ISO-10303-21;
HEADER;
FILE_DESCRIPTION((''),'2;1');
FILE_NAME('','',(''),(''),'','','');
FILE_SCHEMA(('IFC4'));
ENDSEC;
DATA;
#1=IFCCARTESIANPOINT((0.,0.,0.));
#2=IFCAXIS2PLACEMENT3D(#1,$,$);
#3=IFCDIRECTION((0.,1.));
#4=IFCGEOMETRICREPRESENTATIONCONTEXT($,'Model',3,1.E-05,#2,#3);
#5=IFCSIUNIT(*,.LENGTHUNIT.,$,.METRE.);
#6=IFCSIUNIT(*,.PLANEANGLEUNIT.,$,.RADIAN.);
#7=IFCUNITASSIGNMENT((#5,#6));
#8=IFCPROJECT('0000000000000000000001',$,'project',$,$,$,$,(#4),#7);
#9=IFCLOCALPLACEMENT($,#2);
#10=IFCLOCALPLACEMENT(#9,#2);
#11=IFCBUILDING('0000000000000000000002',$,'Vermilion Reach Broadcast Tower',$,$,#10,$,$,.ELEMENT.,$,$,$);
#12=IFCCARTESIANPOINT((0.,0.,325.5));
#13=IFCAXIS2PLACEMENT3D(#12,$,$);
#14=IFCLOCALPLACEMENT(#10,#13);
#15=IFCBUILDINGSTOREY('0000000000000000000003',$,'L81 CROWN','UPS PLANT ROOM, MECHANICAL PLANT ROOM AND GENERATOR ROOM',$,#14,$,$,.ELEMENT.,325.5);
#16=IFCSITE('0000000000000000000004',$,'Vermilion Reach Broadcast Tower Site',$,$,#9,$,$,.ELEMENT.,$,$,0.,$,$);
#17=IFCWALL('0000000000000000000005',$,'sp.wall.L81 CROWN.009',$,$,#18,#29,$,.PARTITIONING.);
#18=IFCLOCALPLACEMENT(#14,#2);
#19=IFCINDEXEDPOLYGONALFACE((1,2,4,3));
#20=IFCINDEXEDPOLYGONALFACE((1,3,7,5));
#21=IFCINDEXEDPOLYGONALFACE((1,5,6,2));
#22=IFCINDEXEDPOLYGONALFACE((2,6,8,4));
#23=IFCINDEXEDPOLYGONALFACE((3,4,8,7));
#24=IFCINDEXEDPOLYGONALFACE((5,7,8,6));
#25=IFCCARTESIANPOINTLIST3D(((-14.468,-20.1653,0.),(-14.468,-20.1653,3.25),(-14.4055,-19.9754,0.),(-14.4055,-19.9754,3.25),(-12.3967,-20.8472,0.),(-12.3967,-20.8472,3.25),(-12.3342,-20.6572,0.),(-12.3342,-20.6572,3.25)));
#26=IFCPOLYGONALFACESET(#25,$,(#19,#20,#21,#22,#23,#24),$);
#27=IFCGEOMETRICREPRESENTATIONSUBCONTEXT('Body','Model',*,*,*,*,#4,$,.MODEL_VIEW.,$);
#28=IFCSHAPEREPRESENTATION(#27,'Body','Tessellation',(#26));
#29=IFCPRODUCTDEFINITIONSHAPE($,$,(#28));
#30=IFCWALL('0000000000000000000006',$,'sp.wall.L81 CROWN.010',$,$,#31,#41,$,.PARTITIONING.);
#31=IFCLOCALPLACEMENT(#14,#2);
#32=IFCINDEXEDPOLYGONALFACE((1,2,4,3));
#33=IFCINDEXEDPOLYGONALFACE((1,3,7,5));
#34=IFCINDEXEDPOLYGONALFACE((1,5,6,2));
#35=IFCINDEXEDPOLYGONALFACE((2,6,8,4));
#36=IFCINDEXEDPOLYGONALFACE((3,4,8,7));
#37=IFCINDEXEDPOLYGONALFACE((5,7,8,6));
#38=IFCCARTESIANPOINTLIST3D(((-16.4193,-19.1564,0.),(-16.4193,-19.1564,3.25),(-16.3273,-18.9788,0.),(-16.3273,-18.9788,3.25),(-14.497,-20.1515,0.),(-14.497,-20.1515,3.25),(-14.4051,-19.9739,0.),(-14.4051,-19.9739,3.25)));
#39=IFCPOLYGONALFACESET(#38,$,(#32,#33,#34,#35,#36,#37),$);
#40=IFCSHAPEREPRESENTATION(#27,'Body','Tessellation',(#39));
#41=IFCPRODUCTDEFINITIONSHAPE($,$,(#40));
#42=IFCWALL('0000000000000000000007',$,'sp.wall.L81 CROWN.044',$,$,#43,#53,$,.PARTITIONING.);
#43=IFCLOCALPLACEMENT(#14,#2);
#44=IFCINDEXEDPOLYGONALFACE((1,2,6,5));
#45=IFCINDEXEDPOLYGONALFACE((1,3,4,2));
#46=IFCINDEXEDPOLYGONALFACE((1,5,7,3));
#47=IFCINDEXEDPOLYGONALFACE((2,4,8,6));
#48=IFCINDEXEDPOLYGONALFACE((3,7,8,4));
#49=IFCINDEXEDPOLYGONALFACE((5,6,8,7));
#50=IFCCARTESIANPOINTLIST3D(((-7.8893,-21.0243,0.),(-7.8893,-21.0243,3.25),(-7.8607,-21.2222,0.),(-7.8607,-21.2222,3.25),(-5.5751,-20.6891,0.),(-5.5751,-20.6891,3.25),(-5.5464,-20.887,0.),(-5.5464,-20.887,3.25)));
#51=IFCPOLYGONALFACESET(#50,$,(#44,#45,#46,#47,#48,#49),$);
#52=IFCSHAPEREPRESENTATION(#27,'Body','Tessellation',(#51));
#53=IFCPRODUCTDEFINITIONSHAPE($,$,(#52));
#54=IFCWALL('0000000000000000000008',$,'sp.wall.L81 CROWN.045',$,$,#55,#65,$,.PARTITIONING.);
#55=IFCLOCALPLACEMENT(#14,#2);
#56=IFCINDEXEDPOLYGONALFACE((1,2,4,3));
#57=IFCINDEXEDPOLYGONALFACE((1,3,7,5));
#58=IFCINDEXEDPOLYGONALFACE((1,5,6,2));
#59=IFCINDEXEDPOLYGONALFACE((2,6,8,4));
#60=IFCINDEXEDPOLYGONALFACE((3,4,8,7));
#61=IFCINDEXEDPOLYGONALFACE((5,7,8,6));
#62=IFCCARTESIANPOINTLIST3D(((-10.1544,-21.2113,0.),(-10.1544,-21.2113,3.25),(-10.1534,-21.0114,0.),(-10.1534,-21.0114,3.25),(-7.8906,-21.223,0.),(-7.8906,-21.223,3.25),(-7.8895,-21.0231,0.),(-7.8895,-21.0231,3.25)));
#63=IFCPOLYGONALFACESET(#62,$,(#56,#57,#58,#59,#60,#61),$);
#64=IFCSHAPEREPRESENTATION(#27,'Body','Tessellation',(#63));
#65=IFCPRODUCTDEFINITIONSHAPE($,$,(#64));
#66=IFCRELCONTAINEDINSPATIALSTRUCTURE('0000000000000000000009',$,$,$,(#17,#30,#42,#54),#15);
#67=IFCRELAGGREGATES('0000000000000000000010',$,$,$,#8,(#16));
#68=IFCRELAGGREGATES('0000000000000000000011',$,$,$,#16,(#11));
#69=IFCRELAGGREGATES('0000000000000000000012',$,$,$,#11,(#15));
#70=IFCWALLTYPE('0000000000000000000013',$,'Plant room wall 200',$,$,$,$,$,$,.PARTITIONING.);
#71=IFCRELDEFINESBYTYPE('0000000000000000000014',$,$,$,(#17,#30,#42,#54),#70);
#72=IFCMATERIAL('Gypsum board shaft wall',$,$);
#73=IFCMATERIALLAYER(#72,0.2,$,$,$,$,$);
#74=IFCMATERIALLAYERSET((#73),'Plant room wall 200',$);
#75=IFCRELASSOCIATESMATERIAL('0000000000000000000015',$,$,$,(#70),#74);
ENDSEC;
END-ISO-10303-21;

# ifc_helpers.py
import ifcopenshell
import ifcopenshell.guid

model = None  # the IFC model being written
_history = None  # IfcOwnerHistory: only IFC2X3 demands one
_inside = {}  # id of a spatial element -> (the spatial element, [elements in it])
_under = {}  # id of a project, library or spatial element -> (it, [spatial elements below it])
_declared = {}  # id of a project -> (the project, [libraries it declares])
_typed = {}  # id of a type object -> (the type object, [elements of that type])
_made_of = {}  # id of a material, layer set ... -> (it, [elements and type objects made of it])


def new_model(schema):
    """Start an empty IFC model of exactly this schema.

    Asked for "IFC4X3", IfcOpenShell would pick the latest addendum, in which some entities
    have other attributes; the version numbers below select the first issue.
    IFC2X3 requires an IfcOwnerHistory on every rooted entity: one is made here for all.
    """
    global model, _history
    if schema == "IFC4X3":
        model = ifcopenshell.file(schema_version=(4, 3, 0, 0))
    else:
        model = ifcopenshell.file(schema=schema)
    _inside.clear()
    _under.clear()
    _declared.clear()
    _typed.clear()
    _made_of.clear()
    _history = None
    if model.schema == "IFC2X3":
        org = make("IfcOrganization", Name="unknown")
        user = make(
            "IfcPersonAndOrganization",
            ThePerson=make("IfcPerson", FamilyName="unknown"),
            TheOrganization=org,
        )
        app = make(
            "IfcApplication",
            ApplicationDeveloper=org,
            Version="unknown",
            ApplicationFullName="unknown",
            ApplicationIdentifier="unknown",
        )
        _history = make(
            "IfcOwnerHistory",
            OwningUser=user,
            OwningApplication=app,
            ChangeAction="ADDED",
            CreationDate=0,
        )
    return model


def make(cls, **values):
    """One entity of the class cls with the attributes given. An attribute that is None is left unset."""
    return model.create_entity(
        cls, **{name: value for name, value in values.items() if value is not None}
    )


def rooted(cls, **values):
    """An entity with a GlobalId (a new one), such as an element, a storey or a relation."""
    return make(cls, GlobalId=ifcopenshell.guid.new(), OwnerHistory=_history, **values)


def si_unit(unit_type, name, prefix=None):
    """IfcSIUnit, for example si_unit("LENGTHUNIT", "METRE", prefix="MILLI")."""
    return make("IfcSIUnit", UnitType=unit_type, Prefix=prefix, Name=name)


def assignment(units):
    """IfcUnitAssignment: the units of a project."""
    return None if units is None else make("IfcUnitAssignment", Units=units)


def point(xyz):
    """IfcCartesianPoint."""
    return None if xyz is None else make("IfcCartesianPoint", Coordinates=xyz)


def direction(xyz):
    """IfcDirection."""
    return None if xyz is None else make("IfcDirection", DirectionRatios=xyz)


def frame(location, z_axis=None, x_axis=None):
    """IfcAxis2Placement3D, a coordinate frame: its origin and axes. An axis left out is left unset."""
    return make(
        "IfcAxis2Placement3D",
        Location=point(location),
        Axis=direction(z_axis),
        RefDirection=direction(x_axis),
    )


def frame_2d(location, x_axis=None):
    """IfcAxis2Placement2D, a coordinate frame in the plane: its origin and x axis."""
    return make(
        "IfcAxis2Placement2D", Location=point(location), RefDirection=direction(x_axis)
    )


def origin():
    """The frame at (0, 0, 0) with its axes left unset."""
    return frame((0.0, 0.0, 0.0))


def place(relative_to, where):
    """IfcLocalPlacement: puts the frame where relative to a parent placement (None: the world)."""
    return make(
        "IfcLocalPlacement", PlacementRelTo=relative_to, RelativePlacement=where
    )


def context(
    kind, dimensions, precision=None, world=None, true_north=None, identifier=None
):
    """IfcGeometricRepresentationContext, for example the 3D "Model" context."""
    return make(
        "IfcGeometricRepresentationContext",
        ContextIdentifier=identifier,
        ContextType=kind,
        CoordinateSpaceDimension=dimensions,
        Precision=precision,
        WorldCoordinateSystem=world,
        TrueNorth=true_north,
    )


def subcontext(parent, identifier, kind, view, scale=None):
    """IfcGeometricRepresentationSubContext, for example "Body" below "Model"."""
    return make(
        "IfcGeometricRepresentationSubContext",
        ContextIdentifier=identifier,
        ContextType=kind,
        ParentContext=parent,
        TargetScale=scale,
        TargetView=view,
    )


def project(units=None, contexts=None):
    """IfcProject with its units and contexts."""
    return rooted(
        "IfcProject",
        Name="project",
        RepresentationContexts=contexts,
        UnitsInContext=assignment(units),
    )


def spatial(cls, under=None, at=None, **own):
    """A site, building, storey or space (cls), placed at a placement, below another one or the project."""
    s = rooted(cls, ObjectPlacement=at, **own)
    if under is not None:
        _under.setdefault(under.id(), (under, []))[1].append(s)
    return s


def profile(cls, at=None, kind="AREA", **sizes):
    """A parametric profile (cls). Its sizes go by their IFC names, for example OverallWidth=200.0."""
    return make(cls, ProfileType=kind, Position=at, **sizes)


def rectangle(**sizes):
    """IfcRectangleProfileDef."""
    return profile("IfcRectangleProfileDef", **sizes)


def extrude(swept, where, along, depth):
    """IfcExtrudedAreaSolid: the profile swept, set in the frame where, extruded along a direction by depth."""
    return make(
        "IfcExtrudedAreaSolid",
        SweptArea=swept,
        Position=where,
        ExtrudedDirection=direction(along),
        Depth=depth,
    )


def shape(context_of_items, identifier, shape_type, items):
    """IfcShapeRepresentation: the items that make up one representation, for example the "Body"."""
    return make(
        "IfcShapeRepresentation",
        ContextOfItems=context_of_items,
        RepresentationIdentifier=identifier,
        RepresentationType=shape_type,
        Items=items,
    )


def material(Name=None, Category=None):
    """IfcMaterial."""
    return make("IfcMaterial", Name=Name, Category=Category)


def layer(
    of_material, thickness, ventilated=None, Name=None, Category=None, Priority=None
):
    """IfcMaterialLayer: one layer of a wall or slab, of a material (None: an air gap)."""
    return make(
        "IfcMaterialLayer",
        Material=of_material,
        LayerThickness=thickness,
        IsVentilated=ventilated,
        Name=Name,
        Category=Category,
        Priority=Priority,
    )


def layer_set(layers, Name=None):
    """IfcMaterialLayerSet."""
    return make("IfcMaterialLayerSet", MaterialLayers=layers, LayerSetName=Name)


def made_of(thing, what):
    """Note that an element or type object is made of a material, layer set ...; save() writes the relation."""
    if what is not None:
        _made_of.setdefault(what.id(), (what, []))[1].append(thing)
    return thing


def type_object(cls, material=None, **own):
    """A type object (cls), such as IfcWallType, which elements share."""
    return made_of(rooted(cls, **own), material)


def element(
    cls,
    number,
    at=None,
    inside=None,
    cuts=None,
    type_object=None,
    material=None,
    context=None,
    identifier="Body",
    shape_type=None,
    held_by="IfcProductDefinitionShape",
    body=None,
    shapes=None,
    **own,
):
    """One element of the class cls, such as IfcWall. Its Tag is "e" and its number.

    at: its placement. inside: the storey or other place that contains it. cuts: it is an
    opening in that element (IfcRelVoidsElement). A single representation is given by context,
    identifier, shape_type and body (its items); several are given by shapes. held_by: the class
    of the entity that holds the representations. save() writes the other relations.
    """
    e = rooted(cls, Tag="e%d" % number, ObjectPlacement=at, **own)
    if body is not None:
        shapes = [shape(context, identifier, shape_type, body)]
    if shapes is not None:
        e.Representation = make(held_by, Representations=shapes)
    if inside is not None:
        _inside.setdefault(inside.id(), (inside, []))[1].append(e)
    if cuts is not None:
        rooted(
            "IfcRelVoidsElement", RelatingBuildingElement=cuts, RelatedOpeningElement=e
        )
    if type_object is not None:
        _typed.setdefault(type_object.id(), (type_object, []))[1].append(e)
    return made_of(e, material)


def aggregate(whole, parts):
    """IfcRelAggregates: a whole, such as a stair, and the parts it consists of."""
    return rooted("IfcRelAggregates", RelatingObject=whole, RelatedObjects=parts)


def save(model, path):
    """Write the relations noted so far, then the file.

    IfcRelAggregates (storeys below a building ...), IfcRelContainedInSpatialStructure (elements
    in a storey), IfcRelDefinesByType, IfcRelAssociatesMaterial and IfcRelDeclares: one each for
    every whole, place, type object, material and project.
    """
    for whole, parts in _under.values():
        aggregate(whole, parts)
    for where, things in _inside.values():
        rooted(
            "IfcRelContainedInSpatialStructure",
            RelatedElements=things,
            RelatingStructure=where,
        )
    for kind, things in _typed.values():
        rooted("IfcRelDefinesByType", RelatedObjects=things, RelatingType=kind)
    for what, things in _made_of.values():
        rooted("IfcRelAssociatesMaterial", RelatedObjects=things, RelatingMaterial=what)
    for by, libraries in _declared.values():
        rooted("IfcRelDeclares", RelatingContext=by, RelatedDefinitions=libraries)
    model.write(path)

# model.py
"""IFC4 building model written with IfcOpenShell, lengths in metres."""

from ifc_helpers import new_model, si_unit, direction, frame, frame_2d, origin, place, context, subcontext, project, spatial, rectangle, extrude, material, layer, layer_set, type_object, element, save


model = new_model("IFC4")

# Units and contexts
model_context = context("Model", 3, precision=1e-05, world=origin(), true_north=direction((0.0, 1.0)))
body_context = subcontext(model_context, "Body", "Model", "MODEL_VIEW")
ifc_project = project(units=[si_unit("LENGTHUNIT", "METRE"), si_unit("PLANEANGLEUNIT", "RADIAN")], contexts=[model_context])

# Site, building, storey
site_placement = place(None, origin())
site = spatial("IfcSite", under=ifc_project, at=site_placement, Name="Vermilion Reach Broadcast Tower Site", CompositionType="ELEMENT", RefElevation=0.0)
building_placement = place(site_placement, origin())
building = spatial("IfcBuilding", under=site, at=building_placement, Name="Vermilion Reach Broadcast Tower", CompositionType="ELEMENT")
storey_placement = place(building_placement, frame((0.0, 0.0, 325.5)))
storey = spatial("IfcBuildingStorey", under=building, at=storey_placement, Name="L81 CROWN", Description="UPS PLANT ROOM, MECHANICAL PLANT ROOM AND GENERATOR ROOM", CompositionType="ELEMENT", Elevation=325.5)

# Walls
ifc_material_1 = material(Name="Gypsum board shaft wall")
ifc_layer_1 = layer(ifc_material_1, 0.2)
ifc_layer_set_1 = layer_set([ifc_layer_1], Name="Plant room wall 200")
wall_type = type_object("IfcWallType", Name="Plant room wall 200", PredefinedType="PARTITIONING", material=ifc_layer_set_1)
wall_1_placement = place(storey_placement, frame((-14.4368, -20.0703, 0.0), z_axis=(0.0, 0.0, 1.0), x_axis=(0.949852, -0.312699, 0.0)))
element("IfcWall", 1, at=wall_1_placement, inside=storey, type_object=wall_type, Name="sp.wall.L81 CROWN.009", PredefinedType="PARTITIONING", context=body_context, shape_type="SweptSolid", body=[
    extrude(rectangle(XDim=2.1807, YDim=0.2, at=frame_2d((1.0903, 0.0))), origin(), (0.0, 0.0, 1.0), 3.25),
])
wall_2_placement = place(storey_placement, frame((-16.3733, -19.0676, 0.0), z_axis=(0.0, 0.0, 1.0), x_axis=(0.888068, -0.459711, 0.0)))
element("IfcWall", 2, at=wall_2_placement, inside=storey, type_object=wall_type, Name="sp.wall.L81 CROWN.010", PredefinedType="PARTITIONING", context=body_context, shape_type="SweptSolid", body=[
    extrude(rectangle(XDim=2.1646, YDim=0.2, at=frame_2d((1.0823, 0.0))), origin(), (0.0, 0.0, 1.0), 3.25),
])
wall_3_placement = place(storey_placement, frame((-7.875, -21.1233, 0.0), z_axis=(0.0, 0.0, 1.0), x_axis=(0.989672, 0.143351, 0.0)))
element("IfcWall", 3, at=wall_3_placement, inside=storey, type_object=wall_type, Name="sp.wall.L81 CROWN.044", PredefinedType="PARTITIONING", context=body_context, shape_type="SweptSolid", body=[
    extrude(rectangle(XDim=2.3384, YDim=0.2, at=frame_2d((1.1692, 0.0))), origin(), (0.0, 0.0, 1.0), 3.25),
])
wall_4_placement = place(storey_placement, frame((-10.1538, -21.1113, 0.0), z_axis=(0.0, 0.0, 1.0), x_axis=(0.999987, -0.005176, 0.0)))
element("IfcWall", 4, at=wall_4_placement, inside=storey, type_object=wall_type, Name="sp.wall.L81 CROWN.045", PredefinedType="PARTITIONING", context=body_context, shape_type="SweptSolid", body=[
    extrude(rectangle(XDim=2.2639, YDim=0.2, at=frame_2d((1.1318, 0.0))), origin(), (0.0, 0.0, 1.0), 3.25),
])

save(model, "model.ifc")
